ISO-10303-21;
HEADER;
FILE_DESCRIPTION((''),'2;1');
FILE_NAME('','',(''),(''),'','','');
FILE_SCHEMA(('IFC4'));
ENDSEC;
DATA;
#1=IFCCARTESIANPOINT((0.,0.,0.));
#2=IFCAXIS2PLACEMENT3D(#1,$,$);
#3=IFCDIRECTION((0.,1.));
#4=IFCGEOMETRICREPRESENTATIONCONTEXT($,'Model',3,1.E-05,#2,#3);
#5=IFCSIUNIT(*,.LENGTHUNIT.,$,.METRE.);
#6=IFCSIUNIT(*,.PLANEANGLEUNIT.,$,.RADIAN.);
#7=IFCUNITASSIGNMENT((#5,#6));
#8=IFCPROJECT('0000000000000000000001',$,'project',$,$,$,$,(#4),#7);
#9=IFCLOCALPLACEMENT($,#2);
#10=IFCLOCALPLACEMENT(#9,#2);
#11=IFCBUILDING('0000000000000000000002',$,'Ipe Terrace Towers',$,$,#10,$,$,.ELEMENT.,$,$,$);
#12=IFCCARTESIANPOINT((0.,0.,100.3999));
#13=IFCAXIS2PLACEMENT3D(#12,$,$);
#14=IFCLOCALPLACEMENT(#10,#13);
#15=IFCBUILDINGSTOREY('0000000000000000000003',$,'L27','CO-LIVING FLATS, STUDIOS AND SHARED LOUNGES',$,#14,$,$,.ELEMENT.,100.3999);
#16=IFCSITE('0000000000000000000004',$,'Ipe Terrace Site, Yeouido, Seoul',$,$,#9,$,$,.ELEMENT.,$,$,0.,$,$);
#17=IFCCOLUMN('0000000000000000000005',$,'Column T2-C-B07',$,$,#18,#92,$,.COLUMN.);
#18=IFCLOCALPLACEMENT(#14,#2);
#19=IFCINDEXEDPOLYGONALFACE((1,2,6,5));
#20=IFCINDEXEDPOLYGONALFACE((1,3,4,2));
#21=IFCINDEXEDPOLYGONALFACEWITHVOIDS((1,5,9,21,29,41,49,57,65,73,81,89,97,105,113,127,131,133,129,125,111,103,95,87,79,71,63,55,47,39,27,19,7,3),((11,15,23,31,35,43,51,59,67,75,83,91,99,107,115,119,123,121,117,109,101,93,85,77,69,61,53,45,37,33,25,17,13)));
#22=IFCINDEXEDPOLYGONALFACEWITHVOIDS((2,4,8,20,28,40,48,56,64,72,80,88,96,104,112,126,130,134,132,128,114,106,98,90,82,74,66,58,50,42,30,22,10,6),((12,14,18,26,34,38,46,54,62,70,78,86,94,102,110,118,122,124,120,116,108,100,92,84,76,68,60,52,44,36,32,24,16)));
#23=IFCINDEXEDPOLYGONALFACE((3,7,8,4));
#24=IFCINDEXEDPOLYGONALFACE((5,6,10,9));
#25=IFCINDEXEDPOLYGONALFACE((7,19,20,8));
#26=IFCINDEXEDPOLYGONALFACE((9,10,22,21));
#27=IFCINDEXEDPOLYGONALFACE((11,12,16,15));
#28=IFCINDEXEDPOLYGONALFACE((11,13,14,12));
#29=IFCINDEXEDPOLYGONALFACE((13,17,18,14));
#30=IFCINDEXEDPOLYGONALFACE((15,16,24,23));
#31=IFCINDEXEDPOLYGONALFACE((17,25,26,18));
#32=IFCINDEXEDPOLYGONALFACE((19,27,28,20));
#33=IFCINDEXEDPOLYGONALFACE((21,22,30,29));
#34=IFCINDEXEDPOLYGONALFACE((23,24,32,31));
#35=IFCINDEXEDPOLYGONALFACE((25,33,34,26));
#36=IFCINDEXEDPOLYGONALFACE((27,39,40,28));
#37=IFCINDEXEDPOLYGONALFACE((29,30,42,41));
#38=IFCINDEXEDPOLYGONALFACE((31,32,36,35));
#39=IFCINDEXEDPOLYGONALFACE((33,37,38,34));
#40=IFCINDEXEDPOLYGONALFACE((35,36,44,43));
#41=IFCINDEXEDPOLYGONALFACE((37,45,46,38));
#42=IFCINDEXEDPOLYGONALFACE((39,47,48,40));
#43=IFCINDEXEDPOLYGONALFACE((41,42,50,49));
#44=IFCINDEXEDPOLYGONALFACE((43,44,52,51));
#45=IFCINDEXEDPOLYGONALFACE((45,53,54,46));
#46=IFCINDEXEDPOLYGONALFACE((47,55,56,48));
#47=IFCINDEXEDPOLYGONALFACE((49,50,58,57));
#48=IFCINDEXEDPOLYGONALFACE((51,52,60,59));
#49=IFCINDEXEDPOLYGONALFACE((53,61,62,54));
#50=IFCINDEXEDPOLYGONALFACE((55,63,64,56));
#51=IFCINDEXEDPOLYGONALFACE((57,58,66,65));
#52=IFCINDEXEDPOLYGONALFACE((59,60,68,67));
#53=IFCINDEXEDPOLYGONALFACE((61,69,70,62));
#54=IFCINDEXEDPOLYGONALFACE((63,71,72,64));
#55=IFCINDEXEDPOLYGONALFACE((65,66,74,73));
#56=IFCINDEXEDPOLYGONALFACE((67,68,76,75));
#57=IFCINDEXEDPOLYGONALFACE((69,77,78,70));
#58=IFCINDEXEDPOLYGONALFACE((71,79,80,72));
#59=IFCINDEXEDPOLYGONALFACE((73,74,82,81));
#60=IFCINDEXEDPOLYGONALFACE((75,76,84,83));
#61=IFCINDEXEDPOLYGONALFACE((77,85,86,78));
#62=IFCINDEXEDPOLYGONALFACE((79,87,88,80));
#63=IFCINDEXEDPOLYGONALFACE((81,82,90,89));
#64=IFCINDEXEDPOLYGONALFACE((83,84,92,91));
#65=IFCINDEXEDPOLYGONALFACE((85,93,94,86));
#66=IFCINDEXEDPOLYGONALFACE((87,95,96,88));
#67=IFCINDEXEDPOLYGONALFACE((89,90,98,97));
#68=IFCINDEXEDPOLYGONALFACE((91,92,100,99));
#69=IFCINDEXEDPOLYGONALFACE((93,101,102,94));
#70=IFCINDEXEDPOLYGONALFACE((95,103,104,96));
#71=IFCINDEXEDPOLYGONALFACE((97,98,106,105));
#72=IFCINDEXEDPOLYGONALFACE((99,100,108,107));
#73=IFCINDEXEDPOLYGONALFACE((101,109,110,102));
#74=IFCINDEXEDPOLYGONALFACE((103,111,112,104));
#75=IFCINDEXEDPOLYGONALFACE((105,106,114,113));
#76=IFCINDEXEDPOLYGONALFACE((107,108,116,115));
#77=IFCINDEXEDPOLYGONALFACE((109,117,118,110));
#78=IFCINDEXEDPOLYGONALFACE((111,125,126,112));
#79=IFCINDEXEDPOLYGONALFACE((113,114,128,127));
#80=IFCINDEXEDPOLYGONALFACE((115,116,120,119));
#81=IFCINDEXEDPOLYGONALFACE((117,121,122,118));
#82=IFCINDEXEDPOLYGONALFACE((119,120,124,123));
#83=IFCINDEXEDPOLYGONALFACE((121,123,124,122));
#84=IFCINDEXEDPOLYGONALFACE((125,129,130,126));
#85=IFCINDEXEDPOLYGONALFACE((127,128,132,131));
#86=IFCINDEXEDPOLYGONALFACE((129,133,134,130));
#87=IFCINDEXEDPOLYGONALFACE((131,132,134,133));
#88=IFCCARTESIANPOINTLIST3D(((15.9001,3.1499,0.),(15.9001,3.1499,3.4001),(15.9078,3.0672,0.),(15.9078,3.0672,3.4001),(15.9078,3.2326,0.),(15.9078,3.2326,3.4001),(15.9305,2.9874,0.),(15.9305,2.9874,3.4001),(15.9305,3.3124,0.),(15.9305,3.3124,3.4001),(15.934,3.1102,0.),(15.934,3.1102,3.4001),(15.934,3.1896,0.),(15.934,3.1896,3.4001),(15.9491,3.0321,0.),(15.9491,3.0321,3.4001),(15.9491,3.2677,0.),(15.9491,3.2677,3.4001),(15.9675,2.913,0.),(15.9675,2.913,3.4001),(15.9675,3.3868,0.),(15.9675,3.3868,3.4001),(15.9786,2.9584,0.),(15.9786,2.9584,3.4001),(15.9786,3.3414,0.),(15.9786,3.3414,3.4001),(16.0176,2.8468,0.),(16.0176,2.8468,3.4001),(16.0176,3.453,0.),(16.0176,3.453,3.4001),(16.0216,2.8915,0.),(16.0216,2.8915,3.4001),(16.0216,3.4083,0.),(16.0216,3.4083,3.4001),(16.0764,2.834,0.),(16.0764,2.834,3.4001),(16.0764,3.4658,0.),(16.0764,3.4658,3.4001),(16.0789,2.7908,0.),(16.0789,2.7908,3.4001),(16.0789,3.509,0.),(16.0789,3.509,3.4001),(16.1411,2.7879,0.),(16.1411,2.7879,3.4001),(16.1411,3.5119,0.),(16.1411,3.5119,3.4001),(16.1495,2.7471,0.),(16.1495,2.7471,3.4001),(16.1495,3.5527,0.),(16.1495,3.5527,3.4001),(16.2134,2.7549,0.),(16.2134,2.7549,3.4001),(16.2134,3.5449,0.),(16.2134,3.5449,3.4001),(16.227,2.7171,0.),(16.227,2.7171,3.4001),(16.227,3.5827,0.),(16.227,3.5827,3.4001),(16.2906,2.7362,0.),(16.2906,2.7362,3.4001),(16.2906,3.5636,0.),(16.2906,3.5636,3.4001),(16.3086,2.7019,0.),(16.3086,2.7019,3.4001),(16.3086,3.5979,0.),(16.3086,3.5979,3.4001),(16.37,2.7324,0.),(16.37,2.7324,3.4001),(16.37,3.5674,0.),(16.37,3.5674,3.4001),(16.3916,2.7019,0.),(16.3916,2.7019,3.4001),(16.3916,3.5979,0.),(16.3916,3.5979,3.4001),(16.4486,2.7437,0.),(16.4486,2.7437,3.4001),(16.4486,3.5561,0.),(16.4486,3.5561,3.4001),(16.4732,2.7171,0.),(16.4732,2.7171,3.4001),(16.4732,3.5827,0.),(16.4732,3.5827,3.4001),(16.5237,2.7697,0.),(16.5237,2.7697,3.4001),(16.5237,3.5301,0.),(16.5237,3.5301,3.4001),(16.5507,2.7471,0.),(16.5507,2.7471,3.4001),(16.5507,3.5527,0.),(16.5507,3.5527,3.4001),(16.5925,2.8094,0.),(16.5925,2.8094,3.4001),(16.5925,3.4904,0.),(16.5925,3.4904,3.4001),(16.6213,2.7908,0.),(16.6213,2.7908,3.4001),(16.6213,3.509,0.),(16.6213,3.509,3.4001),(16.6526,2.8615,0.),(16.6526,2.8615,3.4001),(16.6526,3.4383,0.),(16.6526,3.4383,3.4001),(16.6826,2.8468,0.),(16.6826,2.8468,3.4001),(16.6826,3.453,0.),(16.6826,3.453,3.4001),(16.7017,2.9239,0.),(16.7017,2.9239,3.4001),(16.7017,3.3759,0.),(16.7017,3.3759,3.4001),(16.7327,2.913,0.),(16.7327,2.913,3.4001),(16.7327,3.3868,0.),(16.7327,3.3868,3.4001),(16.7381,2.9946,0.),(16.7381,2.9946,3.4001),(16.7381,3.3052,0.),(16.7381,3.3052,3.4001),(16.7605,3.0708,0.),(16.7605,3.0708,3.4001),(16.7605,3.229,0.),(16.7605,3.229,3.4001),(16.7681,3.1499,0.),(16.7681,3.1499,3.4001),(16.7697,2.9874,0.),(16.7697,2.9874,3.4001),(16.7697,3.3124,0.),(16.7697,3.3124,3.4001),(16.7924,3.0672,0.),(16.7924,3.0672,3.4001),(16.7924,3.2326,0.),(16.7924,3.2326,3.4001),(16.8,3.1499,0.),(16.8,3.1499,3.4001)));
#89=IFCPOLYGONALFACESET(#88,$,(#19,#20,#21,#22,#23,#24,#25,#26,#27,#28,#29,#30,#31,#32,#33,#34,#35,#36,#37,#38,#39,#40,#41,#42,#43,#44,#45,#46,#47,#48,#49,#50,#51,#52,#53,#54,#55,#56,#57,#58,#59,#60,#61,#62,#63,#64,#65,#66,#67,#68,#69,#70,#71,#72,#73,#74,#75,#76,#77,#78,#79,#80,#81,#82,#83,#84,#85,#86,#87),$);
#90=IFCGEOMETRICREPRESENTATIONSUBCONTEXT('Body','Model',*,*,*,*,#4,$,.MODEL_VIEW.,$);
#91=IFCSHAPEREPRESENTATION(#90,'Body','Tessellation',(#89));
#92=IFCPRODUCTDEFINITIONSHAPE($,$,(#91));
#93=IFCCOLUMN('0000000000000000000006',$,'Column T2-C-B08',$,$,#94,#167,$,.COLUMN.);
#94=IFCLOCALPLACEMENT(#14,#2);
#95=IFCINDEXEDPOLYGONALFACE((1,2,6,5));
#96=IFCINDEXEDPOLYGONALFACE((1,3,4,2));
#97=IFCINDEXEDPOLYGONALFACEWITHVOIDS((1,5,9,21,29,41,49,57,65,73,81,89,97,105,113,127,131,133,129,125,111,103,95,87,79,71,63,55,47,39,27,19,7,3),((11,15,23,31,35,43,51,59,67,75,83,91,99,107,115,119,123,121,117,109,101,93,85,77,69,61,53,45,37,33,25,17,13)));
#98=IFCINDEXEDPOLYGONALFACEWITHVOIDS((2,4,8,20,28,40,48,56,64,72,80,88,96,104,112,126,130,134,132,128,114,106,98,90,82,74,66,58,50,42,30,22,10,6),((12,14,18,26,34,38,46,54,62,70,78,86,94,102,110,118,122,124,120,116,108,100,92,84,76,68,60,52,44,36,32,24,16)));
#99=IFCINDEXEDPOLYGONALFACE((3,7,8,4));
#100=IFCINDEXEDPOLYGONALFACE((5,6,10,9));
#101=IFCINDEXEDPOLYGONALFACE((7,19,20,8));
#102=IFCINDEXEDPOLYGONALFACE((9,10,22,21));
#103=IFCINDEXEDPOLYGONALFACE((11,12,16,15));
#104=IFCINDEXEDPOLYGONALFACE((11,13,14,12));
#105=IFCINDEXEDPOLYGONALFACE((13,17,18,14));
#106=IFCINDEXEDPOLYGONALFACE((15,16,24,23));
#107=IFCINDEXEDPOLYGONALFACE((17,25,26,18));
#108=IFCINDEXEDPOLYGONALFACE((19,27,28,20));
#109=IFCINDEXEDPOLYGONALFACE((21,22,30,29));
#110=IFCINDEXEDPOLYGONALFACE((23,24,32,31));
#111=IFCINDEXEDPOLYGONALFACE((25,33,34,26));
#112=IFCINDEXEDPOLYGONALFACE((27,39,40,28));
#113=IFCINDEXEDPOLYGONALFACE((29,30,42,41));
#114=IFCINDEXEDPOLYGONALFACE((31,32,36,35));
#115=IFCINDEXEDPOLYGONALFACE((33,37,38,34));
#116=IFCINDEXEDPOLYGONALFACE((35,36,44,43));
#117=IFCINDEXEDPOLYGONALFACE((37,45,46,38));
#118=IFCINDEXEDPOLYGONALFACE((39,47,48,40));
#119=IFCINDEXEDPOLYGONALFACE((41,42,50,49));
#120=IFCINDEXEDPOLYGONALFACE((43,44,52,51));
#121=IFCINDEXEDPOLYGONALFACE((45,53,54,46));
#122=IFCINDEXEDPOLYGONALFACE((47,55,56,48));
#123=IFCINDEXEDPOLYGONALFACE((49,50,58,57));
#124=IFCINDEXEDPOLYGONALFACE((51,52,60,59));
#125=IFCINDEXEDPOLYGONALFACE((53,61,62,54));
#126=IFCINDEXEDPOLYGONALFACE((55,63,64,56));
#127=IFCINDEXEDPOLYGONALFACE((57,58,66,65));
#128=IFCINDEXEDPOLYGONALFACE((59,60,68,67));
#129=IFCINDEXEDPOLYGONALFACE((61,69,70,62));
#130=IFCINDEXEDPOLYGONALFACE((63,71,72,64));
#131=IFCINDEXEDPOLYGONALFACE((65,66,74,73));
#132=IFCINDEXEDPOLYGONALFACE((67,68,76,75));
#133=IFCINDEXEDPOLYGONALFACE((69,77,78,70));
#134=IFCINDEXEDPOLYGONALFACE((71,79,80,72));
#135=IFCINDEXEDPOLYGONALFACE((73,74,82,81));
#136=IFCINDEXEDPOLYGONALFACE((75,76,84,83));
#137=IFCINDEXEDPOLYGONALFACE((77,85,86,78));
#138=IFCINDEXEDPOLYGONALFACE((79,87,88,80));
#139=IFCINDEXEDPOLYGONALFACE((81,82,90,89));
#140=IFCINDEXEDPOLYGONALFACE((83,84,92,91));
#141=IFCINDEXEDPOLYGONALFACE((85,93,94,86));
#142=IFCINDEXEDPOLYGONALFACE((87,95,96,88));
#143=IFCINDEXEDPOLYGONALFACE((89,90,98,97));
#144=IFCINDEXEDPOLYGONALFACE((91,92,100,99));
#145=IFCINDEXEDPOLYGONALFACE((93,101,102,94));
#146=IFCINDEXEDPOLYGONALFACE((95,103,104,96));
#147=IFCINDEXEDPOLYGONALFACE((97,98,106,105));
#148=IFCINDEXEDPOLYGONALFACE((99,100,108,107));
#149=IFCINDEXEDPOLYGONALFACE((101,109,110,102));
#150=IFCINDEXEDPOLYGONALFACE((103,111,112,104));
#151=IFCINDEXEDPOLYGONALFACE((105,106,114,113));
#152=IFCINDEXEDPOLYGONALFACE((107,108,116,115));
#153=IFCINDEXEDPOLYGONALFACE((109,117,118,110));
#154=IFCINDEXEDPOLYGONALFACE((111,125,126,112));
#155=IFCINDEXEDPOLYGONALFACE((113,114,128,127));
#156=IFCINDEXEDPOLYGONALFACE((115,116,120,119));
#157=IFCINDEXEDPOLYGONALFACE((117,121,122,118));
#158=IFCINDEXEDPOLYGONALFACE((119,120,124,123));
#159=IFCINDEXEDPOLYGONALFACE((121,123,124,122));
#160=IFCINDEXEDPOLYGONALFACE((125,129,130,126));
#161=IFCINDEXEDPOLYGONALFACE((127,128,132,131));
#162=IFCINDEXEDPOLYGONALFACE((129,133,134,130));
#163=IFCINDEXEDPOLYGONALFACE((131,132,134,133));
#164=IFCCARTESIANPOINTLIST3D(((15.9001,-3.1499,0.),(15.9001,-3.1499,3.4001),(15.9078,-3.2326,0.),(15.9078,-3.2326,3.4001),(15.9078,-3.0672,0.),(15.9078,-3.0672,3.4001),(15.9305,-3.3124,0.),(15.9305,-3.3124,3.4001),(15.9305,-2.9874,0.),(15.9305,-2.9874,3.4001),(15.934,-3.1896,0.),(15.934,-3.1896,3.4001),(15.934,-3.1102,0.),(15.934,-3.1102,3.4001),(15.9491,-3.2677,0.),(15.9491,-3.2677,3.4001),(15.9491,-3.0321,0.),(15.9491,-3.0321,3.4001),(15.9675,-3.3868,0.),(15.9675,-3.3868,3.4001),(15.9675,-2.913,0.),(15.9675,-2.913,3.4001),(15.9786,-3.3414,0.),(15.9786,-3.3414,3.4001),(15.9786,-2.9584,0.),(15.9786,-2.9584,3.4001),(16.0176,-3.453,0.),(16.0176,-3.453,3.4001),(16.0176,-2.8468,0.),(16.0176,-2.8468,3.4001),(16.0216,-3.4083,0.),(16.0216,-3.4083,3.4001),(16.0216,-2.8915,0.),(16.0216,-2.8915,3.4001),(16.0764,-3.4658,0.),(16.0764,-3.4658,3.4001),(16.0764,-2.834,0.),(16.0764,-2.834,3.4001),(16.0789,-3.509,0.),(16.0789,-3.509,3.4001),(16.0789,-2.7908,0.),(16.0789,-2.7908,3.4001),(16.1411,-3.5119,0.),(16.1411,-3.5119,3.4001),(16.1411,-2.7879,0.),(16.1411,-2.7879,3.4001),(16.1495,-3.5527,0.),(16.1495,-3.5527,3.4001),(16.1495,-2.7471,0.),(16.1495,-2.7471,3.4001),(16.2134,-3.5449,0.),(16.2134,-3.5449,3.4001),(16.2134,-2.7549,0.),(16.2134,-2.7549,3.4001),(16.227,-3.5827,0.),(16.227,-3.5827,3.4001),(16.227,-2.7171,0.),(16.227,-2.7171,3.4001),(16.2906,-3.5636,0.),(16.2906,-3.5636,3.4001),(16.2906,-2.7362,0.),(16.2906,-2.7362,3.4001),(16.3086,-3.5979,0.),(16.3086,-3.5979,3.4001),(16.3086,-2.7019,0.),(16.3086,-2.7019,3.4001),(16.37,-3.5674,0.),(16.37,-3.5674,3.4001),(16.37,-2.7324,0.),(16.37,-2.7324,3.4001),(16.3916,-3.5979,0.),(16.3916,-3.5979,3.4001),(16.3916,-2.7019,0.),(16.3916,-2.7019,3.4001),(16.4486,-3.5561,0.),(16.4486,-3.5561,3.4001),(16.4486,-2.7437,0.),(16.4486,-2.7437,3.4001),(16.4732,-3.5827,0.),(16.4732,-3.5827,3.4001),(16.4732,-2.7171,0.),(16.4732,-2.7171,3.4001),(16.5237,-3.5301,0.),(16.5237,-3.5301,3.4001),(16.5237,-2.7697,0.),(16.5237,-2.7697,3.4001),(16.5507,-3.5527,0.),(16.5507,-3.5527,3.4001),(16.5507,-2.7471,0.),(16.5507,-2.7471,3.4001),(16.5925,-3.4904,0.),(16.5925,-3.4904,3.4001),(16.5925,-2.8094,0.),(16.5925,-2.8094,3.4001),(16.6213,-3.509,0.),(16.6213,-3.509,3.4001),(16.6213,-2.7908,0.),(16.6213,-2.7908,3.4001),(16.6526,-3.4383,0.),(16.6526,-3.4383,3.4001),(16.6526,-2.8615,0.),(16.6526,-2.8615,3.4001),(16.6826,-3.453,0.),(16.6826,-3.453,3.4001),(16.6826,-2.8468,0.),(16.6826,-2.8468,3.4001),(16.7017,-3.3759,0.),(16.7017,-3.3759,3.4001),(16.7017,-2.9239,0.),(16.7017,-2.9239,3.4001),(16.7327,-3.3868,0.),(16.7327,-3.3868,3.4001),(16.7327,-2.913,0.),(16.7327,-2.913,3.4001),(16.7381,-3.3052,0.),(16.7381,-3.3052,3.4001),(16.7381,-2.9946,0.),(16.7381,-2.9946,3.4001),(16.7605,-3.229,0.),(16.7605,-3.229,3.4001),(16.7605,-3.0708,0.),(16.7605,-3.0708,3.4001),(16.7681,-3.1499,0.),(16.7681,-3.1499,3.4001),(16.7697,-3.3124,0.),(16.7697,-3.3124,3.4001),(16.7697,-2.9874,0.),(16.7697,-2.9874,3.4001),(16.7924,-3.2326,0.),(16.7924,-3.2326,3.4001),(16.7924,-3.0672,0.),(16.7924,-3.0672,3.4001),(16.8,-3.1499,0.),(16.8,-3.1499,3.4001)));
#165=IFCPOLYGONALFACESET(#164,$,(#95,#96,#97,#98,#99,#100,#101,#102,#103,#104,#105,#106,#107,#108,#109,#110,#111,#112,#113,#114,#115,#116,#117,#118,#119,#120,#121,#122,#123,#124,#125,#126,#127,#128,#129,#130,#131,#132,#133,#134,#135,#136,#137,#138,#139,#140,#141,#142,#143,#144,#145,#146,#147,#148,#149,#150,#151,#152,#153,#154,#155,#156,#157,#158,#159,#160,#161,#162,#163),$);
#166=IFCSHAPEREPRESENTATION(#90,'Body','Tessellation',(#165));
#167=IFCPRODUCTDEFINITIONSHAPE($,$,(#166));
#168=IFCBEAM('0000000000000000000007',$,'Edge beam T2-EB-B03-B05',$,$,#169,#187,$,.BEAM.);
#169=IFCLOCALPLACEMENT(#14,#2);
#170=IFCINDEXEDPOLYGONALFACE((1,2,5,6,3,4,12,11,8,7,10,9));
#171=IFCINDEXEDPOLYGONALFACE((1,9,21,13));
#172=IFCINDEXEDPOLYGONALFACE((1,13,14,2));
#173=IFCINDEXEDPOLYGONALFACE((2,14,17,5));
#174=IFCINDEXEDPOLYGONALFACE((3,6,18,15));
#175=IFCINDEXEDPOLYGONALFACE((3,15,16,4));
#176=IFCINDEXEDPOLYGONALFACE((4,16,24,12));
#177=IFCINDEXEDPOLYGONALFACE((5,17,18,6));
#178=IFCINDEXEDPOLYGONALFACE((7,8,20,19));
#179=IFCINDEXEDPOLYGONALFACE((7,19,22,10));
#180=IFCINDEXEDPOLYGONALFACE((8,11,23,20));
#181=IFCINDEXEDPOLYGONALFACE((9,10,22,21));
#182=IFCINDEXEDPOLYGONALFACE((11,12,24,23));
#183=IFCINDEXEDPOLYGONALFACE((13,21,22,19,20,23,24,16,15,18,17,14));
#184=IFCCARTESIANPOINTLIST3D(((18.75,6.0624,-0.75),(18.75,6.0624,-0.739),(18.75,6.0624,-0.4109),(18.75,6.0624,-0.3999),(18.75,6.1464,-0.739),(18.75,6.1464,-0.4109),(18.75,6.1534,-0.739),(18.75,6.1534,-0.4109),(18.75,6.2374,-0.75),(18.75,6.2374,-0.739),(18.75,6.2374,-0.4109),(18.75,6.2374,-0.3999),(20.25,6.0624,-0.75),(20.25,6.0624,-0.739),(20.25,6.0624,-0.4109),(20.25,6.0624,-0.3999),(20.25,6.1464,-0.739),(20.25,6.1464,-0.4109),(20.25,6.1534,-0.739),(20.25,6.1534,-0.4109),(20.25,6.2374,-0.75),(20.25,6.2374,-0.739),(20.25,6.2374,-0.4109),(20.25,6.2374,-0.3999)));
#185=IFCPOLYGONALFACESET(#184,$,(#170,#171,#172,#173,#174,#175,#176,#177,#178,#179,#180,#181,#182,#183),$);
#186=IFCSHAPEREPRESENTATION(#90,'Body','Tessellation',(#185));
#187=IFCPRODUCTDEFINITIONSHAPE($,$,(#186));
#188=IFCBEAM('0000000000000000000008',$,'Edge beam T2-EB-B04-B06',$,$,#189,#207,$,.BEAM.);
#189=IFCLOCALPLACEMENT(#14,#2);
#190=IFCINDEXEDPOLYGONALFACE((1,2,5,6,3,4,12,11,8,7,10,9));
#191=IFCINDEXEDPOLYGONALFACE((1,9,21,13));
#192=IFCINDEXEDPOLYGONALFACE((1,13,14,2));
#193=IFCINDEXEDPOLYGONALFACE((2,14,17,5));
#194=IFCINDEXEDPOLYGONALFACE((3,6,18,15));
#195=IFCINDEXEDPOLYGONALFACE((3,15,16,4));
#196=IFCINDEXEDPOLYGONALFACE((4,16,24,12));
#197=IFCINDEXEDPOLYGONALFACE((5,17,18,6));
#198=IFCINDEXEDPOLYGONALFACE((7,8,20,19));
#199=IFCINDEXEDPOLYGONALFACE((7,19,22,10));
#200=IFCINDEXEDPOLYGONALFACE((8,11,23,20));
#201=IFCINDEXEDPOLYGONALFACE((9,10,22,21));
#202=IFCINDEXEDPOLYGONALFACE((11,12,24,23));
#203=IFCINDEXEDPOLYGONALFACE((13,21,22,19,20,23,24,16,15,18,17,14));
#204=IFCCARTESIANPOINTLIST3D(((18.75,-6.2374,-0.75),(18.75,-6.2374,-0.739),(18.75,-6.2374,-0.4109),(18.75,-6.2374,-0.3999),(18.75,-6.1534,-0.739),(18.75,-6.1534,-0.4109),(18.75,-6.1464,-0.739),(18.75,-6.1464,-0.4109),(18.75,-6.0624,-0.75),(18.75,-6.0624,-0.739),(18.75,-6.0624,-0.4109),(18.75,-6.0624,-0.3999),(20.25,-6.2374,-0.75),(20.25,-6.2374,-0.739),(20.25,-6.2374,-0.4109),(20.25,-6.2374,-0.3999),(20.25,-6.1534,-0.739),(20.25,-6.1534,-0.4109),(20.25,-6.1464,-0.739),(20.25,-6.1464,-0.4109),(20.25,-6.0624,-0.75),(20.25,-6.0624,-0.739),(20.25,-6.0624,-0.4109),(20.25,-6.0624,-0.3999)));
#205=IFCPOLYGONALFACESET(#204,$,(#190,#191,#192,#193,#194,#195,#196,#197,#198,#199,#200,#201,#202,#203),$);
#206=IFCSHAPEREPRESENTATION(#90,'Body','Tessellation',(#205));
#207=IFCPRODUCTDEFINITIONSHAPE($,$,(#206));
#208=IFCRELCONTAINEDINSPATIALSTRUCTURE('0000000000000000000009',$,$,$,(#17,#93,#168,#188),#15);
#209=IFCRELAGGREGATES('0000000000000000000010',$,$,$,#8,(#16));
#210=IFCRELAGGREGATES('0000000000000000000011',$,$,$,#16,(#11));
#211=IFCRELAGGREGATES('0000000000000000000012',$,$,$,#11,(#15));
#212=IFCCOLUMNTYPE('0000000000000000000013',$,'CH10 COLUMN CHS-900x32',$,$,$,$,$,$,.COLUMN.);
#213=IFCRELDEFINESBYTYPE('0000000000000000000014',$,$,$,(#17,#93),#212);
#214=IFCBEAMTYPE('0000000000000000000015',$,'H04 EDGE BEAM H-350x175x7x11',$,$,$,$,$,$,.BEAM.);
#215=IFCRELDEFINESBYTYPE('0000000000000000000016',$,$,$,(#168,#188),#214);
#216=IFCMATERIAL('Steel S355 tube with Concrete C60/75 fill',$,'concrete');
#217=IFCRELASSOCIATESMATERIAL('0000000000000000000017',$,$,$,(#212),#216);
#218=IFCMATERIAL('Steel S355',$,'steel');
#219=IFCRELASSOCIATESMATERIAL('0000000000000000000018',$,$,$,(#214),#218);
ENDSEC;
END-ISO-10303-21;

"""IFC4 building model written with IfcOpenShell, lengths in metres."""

from ifc_helpers import new_model, si_unit, direction, frame, origin, origin_2d, place, context, subcontext, project, spatial, hollow_circle, i_section, extrude, material, material_profile, profile_set, type_object, element, save


model = new_model("IFC4")

# Units and contexts
model_context = context("Model", 3, precision=1e-05, world=origin(), true_north=direction((0.0, 1.0)))
body_context = subcontext(model_context, "Body", "Model", "MODEL_VIEW")
ifc_project = project(units=[si_unit("LENGTHUNIT", "METRE"), si_unit("PLANEANGLEUNIT", "RADIAN")], contexts=[model_context])

# Site, building, storey
site_placement = place(None, origin())
site = spatial("IfcSite", under=ifc_project, at=site_placement, Name="Ipe Terrace Site, Yeouido, Seoul", CompositionType="ELEMENT", RefElevation=0.0)
building_placement = place(site_placement, origin())
building = spatial("IfcBuilding", under=site, at=building_placement, Name="Ipe Terrace Towers", CompositionType="ELEMENT")
storey_placement = place(building_placement, frame((0.0, 0.0, 100.3999)))
storey = spatial("IfcBuildingStorey", under=building, at=storey_placement, Name="L27", Description="CO-LIVING FLATS, STUDIOS AND SHARED LOUNGES", CompositionType="ELEMENT", Elevation=100.3999)

# Columns
ifc_material_1 = material(Name="Steel S355 tube with Concrete C60/75 fill", Category="concrete")
ifc_material_profile_1 = material_profile(ifc_material_1, hollow_circle(Radius=0.45, WallThickness=0.032, at=origin_2d()), Name="CHS-900x32")
ifc_profile_set_1 = profile_set([ifc_material_profile_1], Name="Steel S355 tube with Concrete C60/75 fill")
column_type = type_object("IfcColumnType", Name="CH10 COLUMN CHS-900x32", PredefinedType="COLUMN", material=ifc_profile_set_1)
for number, where, z_axis, x_axis, name in (
    (1, (16.3501, 3.1499, 0.0), (0.0, 0.0, 1.0), (1.0, 0.0, 0.0), "Column T2-C-B07"),
    (2, (16.3501, -3.1499, 0.0), (0.0, 0.0, 1.0), (1.0, 0.0, 0.0), "Column T2-C-B08"),
):
    element("IfcColumn", number, at=place(storey_placement, frame(where, z_axis=z_axis, x_axis=x_axis)), inside=storey, type_object=column_type, Name=name, PredefinedType="COLUMN", context=body_context, shape_type="SweptSolid", body=[
        extrude(hollow_circle(Radius=0.45, WallThickness=0.032, at=origin_2d()), origin(), (0.0, 0.0, 1.0), 3.4001),
    ])

# Beams
ifc_material_2 = material(Name="Steel S355", Category="steel")
ifc_material_profile_2 = material_profile(ifc_material_2, i_section(OverallWidth=0.175, OverallDepth=0.3501, WebThickness=0.0071, FlangeThickness=0.011, at=origin_2d()), Name="H-350x175x7x11")
ifc_profile_set_2 = profile_set([ifc_material_profile_2], Name="Steel S355")
beam_type_1 = type_object("IfcBeamType", Name="H04 EDGE BEAM H-350x175x7x11", PredefinedType="BEAM", material=ifc_profile_set_2)
for number, where, z_axis, x_axis, name in (
    (3, (20.25, 6.1499, -0.575), (-1.0, 0.0, 0.0), (0.0, -1.0, 0.0), "Edge beam T2-EB-B03-B05"),
    (4, (20.25, -6.1499, -0.575), (-1.0, 0.0, 0.0), (0.0, -1.0, 0.0), "Edge beam T2-EB-B04-B06"),
):
    element("IfcBeam", number, at=place(storey_placement, frame(where, z_axis=z_axis, x_axis=x_axis)), inside=storey, type_object=beam_type_1, Name=name, PredefinedType="BEAM", context=body_context, shape_type="SweptSolid", body=[
        extrude(i_section(OverallWidth=0.175, OverallDepth=0.3501, WebThickness=0.0071, FlangeThickness=0.011, at=origin_2d()), origin(), (0.0, 0.0, 1.0), 1.5),
    ])

save(model, "model.ifc")
